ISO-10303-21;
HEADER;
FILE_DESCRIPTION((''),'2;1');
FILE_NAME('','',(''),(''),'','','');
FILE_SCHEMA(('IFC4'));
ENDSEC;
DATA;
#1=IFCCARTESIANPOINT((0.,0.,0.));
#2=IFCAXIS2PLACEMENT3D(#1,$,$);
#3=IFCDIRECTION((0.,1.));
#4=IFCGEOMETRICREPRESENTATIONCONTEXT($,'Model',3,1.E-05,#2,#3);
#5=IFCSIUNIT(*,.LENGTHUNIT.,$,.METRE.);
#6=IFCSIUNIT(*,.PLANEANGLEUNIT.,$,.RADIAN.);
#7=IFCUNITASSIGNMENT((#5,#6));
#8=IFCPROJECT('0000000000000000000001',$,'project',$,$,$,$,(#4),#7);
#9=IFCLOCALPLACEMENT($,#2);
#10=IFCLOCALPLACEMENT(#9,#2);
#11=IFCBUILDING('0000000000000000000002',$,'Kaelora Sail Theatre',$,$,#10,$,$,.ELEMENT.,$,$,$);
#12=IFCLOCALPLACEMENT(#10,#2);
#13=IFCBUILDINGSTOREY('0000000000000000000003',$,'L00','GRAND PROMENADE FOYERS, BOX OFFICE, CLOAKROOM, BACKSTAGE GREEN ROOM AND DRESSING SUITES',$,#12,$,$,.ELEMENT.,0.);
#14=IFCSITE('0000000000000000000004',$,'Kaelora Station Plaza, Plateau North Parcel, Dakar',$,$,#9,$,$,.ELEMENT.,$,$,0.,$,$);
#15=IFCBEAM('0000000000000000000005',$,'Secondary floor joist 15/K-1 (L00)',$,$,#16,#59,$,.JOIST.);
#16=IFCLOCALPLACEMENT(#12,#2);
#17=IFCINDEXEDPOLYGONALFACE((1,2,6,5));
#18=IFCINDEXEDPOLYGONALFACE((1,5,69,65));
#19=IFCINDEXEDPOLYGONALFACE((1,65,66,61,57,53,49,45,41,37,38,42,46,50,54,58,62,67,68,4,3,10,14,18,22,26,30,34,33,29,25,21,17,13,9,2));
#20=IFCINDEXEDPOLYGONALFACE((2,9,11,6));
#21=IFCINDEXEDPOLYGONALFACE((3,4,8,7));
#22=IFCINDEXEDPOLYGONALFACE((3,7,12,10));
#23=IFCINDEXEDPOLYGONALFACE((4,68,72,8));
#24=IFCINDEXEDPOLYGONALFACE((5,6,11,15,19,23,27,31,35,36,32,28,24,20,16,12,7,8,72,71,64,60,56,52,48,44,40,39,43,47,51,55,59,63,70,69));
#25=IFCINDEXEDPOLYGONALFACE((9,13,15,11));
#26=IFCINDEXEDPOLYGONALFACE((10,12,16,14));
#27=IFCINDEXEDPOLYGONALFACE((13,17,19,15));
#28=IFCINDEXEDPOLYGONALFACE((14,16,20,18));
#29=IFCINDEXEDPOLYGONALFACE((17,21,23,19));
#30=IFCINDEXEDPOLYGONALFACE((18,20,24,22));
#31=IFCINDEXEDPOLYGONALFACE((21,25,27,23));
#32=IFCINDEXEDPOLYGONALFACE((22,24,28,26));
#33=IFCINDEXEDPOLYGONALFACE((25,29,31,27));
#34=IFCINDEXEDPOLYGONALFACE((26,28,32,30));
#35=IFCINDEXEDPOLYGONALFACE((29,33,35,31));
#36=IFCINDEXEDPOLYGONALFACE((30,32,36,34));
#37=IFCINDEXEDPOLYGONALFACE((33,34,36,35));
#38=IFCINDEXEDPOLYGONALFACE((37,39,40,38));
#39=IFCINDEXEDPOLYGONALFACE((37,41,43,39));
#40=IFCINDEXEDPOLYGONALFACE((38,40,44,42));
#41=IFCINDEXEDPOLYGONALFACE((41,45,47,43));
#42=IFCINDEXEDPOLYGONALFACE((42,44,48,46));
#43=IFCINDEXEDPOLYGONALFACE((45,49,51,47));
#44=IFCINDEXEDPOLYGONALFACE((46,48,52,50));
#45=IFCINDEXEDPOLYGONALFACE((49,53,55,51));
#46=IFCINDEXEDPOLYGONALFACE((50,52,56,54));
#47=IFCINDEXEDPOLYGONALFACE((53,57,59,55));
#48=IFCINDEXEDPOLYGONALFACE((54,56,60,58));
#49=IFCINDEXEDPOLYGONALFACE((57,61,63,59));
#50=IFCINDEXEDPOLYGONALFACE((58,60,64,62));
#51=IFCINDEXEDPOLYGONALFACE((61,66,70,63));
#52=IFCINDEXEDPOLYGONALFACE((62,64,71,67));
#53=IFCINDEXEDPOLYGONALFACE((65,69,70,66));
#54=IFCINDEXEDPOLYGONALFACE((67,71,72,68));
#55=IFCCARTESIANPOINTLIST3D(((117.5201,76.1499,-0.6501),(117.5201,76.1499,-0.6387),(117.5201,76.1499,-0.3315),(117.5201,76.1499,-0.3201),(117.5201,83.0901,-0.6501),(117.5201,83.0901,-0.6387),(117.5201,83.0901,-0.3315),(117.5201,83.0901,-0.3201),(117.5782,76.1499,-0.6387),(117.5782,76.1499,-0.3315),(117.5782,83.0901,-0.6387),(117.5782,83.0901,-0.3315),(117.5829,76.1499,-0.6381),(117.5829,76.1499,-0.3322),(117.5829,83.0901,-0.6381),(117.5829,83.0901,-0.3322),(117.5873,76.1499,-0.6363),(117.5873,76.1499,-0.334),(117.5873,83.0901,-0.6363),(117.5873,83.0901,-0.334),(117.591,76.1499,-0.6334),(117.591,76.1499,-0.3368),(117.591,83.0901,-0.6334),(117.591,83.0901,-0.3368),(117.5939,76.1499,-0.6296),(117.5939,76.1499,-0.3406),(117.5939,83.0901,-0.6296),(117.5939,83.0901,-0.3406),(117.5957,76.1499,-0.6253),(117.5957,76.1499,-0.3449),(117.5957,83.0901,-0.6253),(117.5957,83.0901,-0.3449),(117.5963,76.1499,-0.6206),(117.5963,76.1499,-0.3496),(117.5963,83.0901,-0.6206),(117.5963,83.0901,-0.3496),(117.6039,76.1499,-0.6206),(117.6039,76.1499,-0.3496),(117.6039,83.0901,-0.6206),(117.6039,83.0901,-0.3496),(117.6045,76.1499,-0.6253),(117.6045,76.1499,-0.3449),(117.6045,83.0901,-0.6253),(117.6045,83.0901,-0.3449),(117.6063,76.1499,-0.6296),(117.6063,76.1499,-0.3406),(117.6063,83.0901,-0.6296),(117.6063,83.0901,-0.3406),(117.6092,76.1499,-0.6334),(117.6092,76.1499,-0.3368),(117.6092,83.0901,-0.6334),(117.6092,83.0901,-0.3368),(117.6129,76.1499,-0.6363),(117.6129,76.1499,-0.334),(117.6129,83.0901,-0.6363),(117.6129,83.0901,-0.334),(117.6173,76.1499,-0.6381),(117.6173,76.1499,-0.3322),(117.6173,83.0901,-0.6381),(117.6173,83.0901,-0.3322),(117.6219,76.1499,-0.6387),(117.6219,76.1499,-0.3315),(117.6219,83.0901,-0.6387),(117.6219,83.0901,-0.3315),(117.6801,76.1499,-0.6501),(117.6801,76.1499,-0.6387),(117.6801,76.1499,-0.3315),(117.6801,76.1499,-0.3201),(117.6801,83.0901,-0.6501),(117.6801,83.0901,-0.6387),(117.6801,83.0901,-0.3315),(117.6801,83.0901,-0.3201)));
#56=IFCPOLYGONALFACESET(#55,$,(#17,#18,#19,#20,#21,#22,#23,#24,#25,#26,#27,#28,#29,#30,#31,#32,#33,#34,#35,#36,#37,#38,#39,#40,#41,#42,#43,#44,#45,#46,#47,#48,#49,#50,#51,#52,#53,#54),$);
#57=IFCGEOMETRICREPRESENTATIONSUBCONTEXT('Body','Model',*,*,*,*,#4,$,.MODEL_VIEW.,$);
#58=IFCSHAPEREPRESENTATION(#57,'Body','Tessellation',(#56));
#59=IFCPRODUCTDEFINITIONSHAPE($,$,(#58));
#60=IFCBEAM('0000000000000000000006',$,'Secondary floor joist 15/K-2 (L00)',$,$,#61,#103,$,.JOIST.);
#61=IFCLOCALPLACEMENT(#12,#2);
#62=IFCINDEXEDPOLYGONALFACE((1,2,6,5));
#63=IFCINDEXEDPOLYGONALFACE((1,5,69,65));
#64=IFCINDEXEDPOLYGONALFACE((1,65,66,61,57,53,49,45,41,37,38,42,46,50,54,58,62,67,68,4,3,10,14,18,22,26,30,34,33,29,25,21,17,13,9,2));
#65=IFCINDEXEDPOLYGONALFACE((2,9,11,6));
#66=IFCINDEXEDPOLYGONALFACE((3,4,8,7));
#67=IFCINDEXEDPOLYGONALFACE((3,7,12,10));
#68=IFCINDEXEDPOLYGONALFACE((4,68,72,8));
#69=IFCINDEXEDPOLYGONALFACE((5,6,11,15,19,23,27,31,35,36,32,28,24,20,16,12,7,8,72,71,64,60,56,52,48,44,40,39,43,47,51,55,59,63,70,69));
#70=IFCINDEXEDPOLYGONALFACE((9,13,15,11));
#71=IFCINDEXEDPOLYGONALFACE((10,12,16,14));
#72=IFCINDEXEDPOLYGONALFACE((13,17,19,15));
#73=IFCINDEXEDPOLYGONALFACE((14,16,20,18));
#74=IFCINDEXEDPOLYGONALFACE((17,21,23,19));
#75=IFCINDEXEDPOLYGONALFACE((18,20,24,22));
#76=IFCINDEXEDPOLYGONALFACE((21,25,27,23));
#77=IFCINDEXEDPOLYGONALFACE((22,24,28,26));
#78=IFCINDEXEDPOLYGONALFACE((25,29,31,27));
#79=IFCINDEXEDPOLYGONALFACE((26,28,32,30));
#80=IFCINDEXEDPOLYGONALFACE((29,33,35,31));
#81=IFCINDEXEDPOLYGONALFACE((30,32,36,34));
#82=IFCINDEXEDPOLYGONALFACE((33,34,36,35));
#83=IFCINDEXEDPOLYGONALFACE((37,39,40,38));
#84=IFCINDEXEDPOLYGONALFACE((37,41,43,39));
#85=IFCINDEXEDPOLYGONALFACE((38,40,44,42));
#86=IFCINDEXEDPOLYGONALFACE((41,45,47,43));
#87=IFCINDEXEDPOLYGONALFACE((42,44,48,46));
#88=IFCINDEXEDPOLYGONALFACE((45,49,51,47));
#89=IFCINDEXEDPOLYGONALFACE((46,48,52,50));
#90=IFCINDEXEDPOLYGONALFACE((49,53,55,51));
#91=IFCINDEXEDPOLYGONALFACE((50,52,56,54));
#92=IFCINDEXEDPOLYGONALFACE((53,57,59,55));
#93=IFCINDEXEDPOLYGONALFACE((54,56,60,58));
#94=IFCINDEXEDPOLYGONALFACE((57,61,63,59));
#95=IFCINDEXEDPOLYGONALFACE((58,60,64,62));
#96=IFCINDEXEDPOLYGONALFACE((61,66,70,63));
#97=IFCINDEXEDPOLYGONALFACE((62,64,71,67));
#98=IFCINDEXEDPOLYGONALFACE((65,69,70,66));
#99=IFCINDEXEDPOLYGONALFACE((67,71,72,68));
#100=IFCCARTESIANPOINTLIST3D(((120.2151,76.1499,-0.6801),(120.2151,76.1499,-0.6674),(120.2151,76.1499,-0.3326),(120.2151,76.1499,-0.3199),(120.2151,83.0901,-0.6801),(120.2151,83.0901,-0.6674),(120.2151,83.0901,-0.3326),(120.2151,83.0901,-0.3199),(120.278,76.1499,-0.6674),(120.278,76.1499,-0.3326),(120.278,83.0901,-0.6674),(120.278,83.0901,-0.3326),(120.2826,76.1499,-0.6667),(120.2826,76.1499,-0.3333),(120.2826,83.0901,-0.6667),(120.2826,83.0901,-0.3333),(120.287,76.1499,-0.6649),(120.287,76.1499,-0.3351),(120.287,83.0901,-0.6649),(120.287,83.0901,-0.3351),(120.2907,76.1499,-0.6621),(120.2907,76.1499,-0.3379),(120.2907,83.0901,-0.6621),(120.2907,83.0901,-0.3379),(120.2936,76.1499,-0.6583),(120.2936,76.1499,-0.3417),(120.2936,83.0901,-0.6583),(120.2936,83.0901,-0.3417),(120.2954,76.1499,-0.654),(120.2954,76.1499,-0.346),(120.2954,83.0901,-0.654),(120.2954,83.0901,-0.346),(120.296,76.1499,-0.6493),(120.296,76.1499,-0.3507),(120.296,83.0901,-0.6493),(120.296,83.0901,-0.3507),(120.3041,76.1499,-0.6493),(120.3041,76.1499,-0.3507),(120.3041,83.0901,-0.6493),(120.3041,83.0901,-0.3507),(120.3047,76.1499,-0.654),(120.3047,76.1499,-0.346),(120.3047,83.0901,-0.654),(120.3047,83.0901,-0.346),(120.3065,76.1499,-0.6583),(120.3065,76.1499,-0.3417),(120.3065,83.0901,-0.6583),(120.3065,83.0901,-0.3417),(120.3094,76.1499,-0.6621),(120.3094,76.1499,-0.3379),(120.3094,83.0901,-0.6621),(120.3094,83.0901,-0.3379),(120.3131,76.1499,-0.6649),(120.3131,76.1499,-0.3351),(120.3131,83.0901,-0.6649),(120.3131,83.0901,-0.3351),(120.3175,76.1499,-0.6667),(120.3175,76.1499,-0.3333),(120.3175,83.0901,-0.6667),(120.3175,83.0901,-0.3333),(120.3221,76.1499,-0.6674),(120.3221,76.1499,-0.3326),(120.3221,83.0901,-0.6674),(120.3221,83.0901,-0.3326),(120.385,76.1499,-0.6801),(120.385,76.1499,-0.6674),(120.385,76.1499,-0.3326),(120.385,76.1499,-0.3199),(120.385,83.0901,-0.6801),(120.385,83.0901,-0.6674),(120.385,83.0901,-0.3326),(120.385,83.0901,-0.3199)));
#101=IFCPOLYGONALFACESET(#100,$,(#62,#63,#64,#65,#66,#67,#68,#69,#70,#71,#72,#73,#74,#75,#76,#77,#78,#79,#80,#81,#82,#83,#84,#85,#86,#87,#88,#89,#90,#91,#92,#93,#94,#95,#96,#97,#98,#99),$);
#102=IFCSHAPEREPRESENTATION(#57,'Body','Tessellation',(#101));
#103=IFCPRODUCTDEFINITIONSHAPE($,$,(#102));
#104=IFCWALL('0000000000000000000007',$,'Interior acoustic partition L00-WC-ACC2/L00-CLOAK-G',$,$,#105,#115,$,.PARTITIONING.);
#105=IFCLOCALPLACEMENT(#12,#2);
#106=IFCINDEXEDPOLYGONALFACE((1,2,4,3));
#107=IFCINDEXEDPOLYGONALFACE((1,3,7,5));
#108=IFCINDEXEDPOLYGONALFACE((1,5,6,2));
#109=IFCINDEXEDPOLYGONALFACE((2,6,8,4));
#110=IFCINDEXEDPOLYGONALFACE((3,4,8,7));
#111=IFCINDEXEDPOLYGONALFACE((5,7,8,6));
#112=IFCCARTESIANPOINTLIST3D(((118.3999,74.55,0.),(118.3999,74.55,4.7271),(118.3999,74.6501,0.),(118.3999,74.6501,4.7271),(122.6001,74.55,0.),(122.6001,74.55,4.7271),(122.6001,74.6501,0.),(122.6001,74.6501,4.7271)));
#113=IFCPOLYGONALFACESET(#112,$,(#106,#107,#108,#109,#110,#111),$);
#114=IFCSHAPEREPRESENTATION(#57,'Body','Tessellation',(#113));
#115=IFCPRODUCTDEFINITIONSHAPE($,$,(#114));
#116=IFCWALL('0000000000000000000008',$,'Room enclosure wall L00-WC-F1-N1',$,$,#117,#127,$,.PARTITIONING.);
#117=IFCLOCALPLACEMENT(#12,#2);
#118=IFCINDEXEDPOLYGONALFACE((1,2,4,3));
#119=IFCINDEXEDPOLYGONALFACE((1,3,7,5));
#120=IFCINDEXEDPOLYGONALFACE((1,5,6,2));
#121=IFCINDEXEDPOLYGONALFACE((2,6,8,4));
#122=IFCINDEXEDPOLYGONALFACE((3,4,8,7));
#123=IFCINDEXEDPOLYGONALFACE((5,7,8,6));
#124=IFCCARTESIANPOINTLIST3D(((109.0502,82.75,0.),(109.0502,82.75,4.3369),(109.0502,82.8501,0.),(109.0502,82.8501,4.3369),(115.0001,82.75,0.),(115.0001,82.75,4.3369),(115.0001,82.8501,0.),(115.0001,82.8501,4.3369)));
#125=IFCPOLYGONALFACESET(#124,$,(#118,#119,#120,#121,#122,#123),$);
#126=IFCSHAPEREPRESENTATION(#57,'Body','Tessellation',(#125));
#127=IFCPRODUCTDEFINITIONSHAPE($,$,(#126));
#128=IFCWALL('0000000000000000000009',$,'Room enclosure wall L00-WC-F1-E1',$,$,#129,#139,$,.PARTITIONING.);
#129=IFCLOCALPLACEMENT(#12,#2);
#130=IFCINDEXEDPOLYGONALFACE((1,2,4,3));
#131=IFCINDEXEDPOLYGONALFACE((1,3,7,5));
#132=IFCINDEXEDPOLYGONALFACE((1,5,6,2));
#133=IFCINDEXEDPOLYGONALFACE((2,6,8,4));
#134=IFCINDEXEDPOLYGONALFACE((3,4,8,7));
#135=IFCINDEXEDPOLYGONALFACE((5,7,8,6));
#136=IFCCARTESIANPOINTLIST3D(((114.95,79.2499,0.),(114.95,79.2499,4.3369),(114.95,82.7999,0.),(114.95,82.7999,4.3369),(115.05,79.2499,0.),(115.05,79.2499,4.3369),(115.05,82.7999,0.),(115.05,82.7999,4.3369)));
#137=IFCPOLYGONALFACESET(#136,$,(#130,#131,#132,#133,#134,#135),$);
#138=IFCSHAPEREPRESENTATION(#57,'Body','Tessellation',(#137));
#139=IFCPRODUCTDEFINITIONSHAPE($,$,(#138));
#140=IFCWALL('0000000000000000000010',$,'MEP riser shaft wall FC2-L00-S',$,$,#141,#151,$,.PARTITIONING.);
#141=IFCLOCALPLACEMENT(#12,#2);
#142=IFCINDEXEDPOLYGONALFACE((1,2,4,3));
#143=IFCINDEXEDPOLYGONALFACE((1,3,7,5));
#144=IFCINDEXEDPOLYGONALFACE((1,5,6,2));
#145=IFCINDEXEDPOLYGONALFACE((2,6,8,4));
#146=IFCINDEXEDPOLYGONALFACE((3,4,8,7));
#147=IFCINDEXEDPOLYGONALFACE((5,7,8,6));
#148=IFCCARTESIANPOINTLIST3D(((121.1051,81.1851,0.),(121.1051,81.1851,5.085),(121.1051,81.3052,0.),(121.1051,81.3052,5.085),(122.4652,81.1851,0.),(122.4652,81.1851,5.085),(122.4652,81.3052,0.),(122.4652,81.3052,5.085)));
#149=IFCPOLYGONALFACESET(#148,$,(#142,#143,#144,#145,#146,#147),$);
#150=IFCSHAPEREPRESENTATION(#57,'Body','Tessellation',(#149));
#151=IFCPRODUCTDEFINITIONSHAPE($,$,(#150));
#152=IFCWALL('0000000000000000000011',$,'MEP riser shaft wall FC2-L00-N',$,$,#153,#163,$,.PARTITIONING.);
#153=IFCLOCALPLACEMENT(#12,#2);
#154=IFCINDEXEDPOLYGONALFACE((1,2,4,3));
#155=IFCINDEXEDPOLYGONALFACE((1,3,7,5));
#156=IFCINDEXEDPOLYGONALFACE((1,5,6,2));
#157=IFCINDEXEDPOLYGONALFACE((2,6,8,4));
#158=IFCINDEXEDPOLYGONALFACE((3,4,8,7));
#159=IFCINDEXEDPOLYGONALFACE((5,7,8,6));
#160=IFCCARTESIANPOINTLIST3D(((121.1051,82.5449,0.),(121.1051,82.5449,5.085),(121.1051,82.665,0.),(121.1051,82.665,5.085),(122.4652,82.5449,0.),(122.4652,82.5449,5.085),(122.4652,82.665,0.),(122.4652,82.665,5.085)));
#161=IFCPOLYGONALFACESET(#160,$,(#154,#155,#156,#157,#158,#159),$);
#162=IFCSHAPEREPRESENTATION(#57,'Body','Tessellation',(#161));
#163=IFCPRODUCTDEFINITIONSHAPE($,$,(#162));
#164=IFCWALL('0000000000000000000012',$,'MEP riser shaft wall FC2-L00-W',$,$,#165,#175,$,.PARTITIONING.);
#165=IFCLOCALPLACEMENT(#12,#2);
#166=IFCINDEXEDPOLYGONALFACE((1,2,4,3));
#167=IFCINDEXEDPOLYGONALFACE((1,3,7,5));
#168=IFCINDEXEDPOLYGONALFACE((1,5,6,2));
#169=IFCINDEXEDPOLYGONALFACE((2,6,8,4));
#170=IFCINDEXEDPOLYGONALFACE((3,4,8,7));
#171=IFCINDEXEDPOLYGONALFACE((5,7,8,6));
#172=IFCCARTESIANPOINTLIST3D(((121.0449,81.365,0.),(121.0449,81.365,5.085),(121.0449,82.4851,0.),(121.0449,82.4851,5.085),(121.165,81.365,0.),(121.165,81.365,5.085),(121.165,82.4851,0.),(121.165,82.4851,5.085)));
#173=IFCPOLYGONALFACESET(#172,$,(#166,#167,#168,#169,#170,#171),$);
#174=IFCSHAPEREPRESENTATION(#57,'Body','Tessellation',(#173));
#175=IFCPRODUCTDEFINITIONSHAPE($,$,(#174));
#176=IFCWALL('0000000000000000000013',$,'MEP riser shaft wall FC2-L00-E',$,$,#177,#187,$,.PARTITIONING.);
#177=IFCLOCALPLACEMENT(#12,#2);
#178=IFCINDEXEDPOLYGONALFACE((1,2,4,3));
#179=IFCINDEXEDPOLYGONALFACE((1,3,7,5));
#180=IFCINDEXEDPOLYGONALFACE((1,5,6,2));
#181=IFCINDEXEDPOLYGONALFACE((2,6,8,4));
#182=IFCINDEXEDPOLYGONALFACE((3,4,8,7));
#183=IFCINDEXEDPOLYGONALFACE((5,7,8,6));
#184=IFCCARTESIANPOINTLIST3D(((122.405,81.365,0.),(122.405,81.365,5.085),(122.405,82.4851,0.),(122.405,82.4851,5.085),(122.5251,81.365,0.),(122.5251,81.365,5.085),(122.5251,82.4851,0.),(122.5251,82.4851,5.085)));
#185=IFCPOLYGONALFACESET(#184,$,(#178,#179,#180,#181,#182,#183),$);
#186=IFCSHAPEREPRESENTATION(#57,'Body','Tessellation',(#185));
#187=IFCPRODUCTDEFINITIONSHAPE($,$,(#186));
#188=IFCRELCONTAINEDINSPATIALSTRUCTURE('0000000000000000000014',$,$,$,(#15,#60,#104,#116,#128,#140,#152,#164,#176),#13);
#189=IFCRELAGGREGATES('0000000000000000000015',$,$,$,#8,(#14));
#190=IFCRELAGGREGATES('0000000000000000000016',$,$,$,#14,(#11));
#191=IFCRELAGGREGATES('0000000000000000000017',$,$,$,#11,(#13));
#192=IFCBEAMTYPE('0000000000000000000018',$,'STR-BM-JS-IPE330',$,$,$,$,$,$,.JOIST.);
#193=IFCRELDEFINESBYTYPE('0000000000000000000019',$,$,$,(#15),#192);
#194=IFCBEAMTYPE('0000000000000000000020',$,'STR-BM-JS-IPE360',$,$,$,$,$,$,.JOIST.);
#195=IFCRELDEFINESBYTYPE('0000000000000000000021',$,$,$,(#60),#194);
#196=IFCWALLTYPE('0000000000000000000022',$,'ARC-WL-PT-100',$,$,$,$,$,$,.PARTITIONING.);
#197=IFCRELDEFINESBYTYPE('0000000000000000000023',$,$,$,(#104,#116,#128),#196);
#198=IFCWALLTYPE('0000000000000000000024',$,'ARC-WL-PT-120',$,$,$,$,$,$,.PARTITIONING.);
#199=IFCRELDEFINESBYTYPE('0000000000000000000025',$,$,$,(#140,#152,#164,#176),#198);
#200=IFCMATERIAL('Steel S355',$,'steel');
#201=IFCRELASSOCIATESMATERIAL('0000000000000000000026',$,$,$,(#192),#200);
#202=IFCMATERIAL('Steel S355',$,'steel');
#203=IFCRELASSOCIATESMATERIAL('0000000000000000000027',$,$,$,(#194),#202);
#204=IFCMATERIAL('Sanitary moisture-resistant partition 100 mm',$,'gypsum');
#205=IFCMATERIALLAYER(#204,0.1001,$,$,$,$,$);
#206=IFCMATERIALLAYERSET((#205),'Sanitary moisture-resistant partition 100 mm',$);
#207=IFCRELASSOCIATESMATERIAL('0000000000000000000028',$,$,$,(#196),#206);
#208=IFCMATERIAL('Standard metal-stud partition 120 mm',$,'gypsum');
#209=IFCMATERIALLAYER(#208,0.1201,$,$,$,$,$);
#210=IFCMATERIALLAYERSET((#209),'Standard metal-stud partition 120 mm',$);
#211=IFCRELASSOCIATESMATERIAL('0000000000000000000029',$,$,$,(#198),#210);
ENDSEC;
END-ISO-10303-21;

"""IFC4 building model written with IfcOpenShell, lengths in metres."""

from ifc_helpers import new_model, si_unit, direction, frame, frame_2d, origin, origin_2d, place, context, subcontext, project, spatial, rectangle, i_section, extrude, material, layer, layer_set, material_profile, profile_set, type_object, element, save


model = new_model("IFC4")

# Units and contexts
model_context = context("Model", 3, precision=1e-05, world=origin(), true_north=direction((0.0, 1.0)))
body_context = subcontext(model_context, "Body", "Model", "MODEL_VIEW")
ifc_project = project(units=[si_unit("LENGTHUNIT", "METRE"), si_unit("PLANEANGLEUNIT", "RADIAN")], contexts=[model_context])

# Site, building, storey
site_placement = place(None, origin())
site = spatial("IfcSite", under=ifc_project, at=site_placement, Name="Kaelora Station Plaza, Plateau North Parcel, Dakar", CompositionType="ELEMENT", RefElevation=0.0)
building_placement = place(site_placement, origin())
building = spatial("IfcBuilding", under=site, at=building_placement, Name="Kaelora Sail Theatre", CompositionType="ELEMENT")
storey_placement = place(building_placement, origin())
storey = spatial("IfcBuildingStorey", under=building, at=storey_placement, Name="L00", Description="GRAND PROMENADE FOYERS, BOX OFFICE, CLOAKROOM, BACKSTAGE GREEN ROOM AND DRESSING SUITES", CompositionType="ELEMENT", Elevation=0.0)

# Beams
ifc_material_1 = material(Name="Steel S355", Category="steel")
ifc_material_profile_1 = material_profile(ifc_material_1, i_section(OverallWidth=0.1599, OverallDepth=0.3301, WebThickness=0.0076, FlangeThickness=0.0115, FilletRadius=0.0181, at=origin_2d()), Name="IPE 330")
ifc_profile_set_1 = profile_set([ifc_material_profile_1], Name="Steel S355")
beam_type_1 = type_object("IfcBeamType", Name="STR-BM-JS-IPE330", PredefinedType="JOIST", material=ifc_profile_set_1)
for number, where, z_axis, x_axis, name in (
    (1, (117.6001, 76.1499, -0.4851), (0.0, 1.0, 0.0), (-1.0, 0.0, 0.0), "Secondary floor joist 15/K-1 (L00)"),
):
    element("IfcBeam", number, at=place(storey_placement, frame(where, z_axis=z_axis, x_axis=x_axis)), inside=storey, type_object=beam_type_1, Name=name, PredefinedType="JOIST", context=body_context, shape_type="SweptSolid", body=[
        extrude(i_section(OverallWidth=0.1599, OverallDepth=0.3301, WebThickness=0.0076, FlangeThickness=0.0115, FilletRadius=0.0181, at=origin_2d()), origin(), (0.0, 0.0, 1.0), 6.9402),
    ])
ifc_material_2 = material(Name="Steel S355", Category="steel")
ifc_material_profile_2 = material_profile(ifc_material_2, i_section(OverallWidth=0.1699, OverallDepth=0.3601, WebThickness=0.0081, FlangeThickness=0.0127, FilletRadius=0.0181, at=origin_2d()), Name="IPE 360")
ifc_profile_set_2 = profile_set([ifc_material_profile_2], Name="Steel S355")
beam_type_2 = type_object("IfcBeamType", Name="STR-BM-JS-IPE360", PredefinedType="JOIST", material=ifc_profile_set_2)
beam_1_placement = place(storey_placement, frame((120.3, 76.1499, -0.5), z_axis=(0.0, 1.0, 0.0), x_axis=(-1.0, 0.0, 0.0)))
element("IfcBeam", 2, at=beam_1_placement, inside=storey, type_object=beam_type_2, Name="Secondary floor joist 15/K-2 (L00)", PredefinedType="JOIST", context=body_context, shape_type="SweptSolid", body=[
    extrude(i_section(OverallWidth=0.1699, OverallDepth=0.3601, WebThickness=0.0081, FlangeThickness=0.0127, FilletRadius=0.0181, at=origin_2d()), origin(), (0.0, 0.0, 1.0), 6.9402),
])

# Walls
ifc_material_3 = material(Name="Sanitary moisture-resistant partition 100 mm", Category="gypsum")
ifc_layer_1 = layer(ifc_material_3, 0.1001)
ifc_layer_set_1 = layer_set([ifc_layer_1], Name="Sanitary moisture-resistant partition 100 mm")
wall_type_1 = type_object("IfcWallType", Name="ARC-WL-PT-100", PredefinedType="PARTITIONING", material=ifc_layer_set_1)
wall_1_placement = place(storey_placement, frame((118.3999, 74.6001, 0.0), z_axis=(0.0, 0.0, 1.0), x_axis=(1.0, 0.0, 0.0)))
element("IfcWall", 3, at=wall_1_placement, inside=storey, type_object=wall_type_1, Name="Interior acoustic partition L00-WC-ACC2/L00-CLOAK-G", PredefinedType="PARTITIONING", context=body_context, shape_type="SweptSolid", body=[
    extrude(rectangle(XDim=4.2002, YDim=0.1001, at=frame_2d((2.1001, 0.0))), origin(), (0.0, 0.0, 1.0), 4.7271),
])
wall_2_placement = place(storey_placement, frame((109.05, 82.8, 0.0), z_axis=(0.0, 0.0, 1.0), x_axis=(1.0, 0.0, 0.0)))
element("IfcWall", 4, at=wall_2_placement, inside=storey, type_object=wall_type_1, Name="Room enclosure wall L00-WC-F1-N1", PredefinedType="PARTITIONING", context=body_context, shape_type="SweptSolid", body=[
    extrude(rectangle(XDim=5.95, YDim=0.1001, at=frame_2d((2.9751, 0.0))), origin(), (0.0, 0.0, 1.0), 4.3369),
])
wall_3_placement = place(storey_placement, frame((115.0, 79.25, 0.0), z_axis=(0.0, 0.0, 1.0), x_axis=(0.0, 1.0, 0.0)))
element("IfcWall", 5, at=wall_3_placement, inside=storey, type_object=wall_type_1, Name="Room enclosure wall L00-WC-F1-E1", PredefinedType="PARTITIONING", context=body_context, shape_type="SweptSolid", body=[
    extrude(rectangle(XDim=3.55, YDim=0.1001, at=frame_2d((1.7749, 0.0))), origin(), (0.0, 0.0, 1.0), 4.3369),
])
ifc_material_4 = material(Name="Standard metal-stud partition 120 mm", Category="gypsum")
ifc_layer_2 = layer(ifc_material_4, 0.1201)
ifc_layer_set_2 = layer_set([ifc_layer_2], Name="Standard metal-stud partition 120 mm")
wall_type_2 = type_object("IfcWallType", Name="ARC-WL-PT-120", PredefinedType="PARTITIONING", material=ifc_layer_set_2)
for number, where, z_axis, x_axis, name in (
    (6, (121.105, 81.2451, 0.0), (0.0, 0.0, 1.0), (1.0, 0.0, 0.0), "MEP riser shaft wall FC2-L00-S"),
    (7, (121.105, 82.605, 0.0), (0.0, 0.0, 1.0), (1.0, 0.0, 0.0), "MEP riser shaft wall FC2-L00-N"),
):
    element("IfcWall", number, at=place(storey_placement, frame(where, z_axis=z_axis, x_axis=x_axis)), inside=storey, type_object=wall_type_2, Name=name, PredefinedType="PARTITIONING", context=body_context, shape_type="SweptSolid", body=[
        extrude(rectangle(XDim=1.3601, YDim=0.1201, at=frame_2d((0.6802, 0.0))), origin(), (0.0, 0.0, 1.0), 5.085),
    ])
for number, where, z_axis, x_axis, name in (
    (8, (121.105, 81.365, 0.0), (0.0, 0.0, 1.0), (0.0, 1.0, 0.0), "MEP riser shaft wall FC2-L00-W"),
    (9, (122.4651, 81.365, 0.0), (0.0, 0.0, 1.0), (0.0, 1.0, 0.0), "MEP riser shaft wall FC2-L00-E"),
):
    element("IfcWall", number, at=place(storey_placement, frame(where, z_axis=z_axis, x_axis=x_axis)), inside=storey, type_object=wall_type_2, Name=name, PredefinedType="PARTITIONING", context=body_context, shape_type="SweptSolid", body=[
        extrude(rectangle(XDim=1.1201, YDim=0.1201, at=frame_2d((0.5601, 0.0))), origin(), (0.0, 0.0, 1.0), 5.085),
    ])

save(model, "model.ifc")
